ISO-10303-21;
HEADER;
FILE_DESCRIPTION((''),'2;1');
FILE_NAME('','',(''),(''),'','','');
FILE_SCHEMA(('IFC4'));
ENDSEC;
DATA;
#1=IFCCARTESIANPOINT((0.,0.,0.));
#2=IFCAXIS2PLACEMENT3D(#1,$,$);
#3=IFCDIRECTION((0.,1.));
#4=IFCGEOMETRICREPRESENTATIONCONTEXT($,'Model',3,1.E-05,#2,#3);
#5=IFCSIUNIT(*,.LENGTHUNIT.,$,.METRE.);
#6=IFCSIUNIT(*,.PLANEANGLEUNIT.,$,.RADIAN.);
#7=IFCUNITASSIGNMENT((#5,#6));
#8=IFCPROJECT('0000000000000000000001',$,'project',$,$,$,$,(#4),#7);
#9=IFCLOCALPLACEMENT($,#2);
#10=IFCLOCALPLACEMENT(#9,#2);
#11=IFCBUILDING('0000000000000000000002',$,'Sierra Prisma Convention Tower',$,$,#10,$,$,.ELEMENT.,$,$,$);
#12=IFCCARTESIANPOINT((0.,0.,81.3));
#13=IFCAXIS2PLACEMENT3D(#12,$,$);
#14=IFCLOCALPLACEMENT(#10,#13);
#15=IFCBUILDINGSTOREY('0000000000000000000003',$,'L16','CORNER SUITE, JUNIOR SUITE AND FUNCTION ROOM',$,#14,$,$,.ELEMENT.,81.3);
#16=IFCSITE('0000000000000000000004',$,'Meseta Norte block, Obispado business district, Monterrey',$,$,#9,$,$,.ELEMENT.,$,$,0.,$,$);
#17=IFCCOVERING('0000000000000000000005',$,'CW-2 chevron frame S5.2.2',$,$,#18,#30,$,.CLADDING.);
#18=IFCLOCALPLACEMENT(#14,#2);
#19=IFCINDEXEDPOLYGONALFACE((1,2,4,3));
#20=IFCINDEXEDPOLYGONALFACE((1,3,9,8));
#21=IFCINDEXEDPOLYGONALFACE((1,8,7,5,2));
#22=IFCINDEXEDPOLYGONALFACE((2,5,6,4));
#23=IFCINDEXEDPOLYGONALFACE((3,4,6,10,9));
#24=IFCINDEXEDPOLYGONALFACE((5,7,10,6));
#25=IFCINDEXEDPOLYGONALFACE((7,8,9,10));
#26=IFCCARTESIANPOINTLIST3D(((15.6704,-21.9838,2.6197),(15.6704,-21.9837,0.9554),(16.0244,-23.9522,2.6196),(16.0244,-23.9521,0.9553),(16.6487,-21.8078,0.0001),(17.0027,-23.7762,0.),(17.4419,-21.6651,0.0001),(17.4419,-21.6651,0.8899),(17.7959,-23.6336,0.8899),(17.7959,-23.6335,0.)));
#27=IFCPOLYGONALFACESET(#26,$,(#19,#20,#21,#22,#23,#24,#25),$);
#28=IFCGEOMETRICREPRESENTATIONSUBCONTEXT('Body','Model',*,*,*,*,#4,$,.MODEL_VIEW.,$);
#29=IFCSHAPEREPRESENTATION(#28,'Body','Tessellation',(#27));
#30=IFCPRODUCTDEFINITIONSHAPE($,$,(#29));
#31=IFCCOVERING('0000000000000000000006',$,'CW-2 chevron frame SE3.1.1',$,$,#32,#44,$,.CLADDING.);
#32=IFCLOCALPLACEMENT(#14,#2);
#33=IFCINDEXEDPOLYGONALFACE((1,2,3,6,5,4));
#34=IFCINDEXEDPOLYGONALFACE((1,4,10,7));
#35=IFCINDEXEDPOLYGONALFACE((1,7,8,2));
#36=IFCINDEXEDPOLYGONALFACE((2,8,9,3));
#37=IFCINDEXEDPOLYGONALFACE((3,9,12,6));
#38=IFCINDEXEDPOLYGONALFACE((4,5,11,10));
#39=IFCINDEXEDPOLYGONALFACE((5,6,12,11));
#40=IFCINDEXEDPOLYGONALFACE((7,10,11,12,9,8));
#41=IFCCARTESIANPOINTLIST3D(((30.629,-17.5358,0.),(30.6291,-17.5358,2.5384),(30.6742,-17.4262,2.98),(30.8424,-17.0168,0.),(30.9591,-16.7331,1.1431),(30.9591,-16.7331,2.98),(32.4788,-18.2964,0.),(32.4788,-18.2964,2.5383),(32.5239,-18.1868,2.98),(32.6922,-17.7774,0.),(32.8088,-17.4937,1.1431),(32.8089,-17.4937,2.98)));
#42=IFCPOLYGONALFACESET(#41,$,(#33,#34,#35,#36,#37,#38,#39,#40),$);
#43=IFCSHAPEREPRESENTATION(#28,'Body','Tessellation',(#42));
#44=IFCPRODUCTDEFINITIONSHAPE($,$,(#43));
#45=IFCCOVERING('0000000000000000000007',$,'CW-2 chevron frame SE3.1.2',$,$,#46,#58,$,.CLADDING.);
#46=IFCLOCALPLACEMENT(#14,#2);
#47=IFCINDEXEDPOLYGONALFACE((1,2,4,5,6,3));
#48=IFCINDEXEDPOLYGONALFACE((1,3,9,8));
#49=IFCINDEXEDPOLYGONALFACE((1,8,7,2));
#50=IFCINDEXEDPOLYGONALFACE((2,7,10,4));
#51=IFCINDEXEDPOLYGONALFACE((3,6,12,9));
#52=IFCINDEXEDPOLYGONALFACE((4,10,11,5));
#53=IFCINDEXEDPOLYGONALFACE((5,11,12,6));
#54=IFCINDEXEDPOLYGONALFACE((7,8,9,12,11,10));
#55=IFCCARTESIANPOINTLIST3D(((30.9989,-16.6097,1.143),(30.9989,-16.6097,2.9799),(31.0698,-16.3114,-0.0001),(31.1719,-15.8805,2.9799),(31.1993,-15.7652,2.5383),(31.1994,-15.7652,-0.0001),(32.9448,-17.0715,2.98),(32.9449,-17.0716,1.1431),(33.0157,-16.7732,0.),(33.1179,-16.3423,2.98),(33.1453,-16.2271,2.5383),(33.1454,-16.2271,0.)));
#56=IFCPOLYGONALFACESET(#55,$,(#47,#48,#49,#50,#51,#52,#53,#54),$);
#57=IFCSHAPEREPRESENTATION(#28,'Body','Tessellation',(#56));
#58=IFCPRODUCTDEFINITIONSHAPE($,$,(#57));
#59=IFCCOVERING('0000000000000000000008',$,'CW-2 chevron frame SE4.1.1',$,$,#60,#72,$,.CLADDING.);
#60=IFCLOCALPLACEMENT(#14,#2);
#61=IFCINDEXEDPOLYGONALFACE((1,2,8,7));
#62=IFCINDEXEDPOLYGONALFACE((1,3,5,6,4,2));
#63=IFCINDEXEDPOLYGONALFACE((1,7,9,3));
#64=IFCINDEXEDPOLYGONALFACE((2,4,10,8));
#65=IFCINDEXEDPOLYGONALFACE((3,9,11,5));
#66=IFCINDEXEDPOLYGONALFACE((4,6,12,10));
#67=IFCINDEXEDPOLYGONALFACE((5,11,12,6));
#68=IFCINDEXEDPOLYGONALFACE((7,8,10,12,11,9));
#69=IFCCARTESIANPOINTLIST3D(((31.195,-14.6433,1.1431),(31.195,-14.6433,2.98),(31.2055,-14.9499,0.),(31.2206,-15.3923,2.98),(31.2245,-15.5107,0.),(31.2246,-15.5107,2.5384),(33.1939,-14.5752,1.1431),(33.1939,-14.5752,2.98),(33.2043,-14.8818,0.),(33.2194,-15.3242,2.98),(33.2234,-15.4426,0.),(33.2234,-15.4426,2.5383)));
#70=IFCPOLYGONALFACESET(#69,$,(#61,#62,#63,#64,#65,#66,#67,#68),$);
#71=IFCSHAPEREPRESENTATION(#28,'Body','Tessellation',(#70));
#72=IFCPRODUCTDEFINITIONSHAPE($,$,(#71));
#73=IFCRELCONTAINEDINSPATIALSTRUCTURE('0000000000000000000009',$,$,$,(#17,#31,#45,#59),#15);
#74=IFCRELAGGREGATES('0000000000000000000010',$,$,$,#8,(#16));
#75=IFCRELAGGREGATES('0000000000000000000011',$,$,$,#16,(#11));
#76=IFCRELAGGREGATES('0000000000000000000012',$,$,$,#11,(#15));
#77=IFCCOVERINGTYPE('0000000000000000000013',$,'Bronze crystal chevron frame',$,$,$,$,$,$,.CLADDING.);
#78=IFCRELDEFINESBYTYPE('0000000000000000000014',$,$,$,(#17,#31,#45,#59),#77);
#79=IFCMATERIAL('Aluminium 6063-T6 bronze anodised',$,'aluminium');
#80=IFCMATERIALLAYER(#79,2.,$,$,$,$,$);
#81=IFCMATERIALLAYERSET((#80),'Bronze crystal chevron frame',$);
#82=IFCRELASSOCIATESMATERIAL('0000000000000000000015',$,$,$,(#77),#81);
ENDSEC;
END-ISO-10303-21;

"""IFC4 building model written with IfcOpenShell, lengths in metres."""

from ifc_helpers import new_model, si_unit, direction, frame, origin, place, context, subcontext, project, spatial, polyline, outline, extrude, material, layer, layer_set, type_object, element, save


model = new_model("IFC4")

# Units and contexts
model_context = context("Model", 3, precision=1e-05, world=origin(), true_north=direction((0.0, 1.0)))
body_context = subcontext(model_context, "Body", "Model", "MODEL_VIEW")
ifc_project = project(units=[si_unit("LENGTHUNIT", "METRE"), si_unit("PLANEANGLEUNIT", "RADIAN")], contexts=[model_context])

# Site, building, storey
site_placement = place(None, origin())
site = spatial("IfcSite", under=ifc_project, at=site_placement, Name="Meseta Norte block, Obispado business district, Monterrey", CompositionType="ELEMENT", RefElevation=0.0)
building_placement = place(site_placement, origin())
building = spatial("IfcBuilding", under=site, at=building_placement, Name="Sierra Prisma Convention Tower", CompositionType="ELEMENT")
storey_placement = place(building_placement, frame((0.0, 0.0, 81.3)))
storey = spatial("IfcBuildingStorey", under=building, at=storey_placement, Name="L16", Description="CORNER SUITE, JUNIOR SUITE AND FUNCTION ROOM", CompositionType="ELEMENT", Elevation=81.3)

# Coverings
ifc_material_1 = material(Name="Aluminium 6063-T6 bronze anodised", Category="aluminium")
ifc_layer_1 = layer(ifc_material_1, 2.0)
ifc_layer_set_1 = layer_set([ifc_layer_1], Name="Bronze crystal chevron frame")
covering_type = type_object("IfcCoveringType", Name="Bronze crystal chevron frame", PredefinedType="CLADDING", material=ifc_layer_set_1)
covering_1_placement = place(storey_placement, frame((17.7959, -23.6335, 0.0), z_axis=(0.176997, -0.984211, -0.000027), x_axis=(0.000005, -0.000027, 1.0)))
element("IfcCovering", 1, at=covering_1_placement, inside=storey, type_object=covering_type, Name="CW-2 chevron frame S5.2.2", PredefinedType="CLADDING", context=body_context, shape_type="SweptSolid", body=[
    extrude(outline(polyline([(0.0, 0.0), (0.8899, 0.0), (2.6196, 1.7999), (0.9553, 1.7999), (0.0, 0.8059), (0.0, 0.0)])), origin(), (0.0, 0.0, -1.0), 2.0),
])
covering_2_placement = place(storey_placement, frame((32.4788, -18.2964, 0.0), z_axis=(0.924871, -0.38028, -0.000023), x_axis=(0.38028, 0.924871, 0.0)))
element("IfcCovering", 2, at=covering_2_placement, inside=storey, type_object=covering_type, Name="CW-2 chevron frame SE3.1.1", PredefinedType="CLADDING", context=body_context, shape_type="SweptSolid", body=[
    extrude(outline(polyline([(0.0, 0.0), (0.5612, 0.0), (0.8679, 1.1431), (0.8679, 2.98), (0.1186, 2.98), (0.0, 2.5383), (0.0, 0.0)])), origin(), (0.0, 0.0, -1.0), 2.0),
])
covering_3_placement = place(storey_placement, frame((32.9448, -17.0715, 2.98), z_axis=(0.972973, -0.230918, 0.00004), x_axis=(0.000039, -0.000009, -1.0)))
element("IfcCovering", 3, at=covering_3_placement, inside=storey, type_object=covering_type, Name="CW-2 chevron frame SE3.1.2", PredefinedType="CLADDING", context=body_context, shape_type="SweptSolid", body=[
    extrude(outline(polyline([(0.0, 0.0), (1.8369, 0.0), (2.98, 0.3066), (2.98, 0.8679), (0.4417, 0.8679), (0.0, 0.7495), (0.0, 0.0)])), origin(), (0.0, 0.0, -1.0), 2.0),
])
covering_4_placement = place(storey_placement, frame((33.2234, -15.4426, 0.0), z_axis=(0.999421, 0.034034, -0.000013), x_axis=(-0.034034, 0.999421, 0.0)))
element("IfcCovering", 4, at=covering_4_placement, inside=storey, type_object=covering_type, Name="CW-2 chevron frame SE4.1.1", PredefinedType="CLADDING", context=body_context, shape_type="SweptSolid", body=[
    extrude(outline(polyline([(0.0, 0.0), (0.5611, 0.0), (0.8679, 1.1431), (0.8679, 2.98), (0.1185, 2.98), (0.0, 2.5383), (0.0, 0.0)])), origin(), (0.0, 0.0, -1.0), 2.0),
])

save(model, "model.ifc")
